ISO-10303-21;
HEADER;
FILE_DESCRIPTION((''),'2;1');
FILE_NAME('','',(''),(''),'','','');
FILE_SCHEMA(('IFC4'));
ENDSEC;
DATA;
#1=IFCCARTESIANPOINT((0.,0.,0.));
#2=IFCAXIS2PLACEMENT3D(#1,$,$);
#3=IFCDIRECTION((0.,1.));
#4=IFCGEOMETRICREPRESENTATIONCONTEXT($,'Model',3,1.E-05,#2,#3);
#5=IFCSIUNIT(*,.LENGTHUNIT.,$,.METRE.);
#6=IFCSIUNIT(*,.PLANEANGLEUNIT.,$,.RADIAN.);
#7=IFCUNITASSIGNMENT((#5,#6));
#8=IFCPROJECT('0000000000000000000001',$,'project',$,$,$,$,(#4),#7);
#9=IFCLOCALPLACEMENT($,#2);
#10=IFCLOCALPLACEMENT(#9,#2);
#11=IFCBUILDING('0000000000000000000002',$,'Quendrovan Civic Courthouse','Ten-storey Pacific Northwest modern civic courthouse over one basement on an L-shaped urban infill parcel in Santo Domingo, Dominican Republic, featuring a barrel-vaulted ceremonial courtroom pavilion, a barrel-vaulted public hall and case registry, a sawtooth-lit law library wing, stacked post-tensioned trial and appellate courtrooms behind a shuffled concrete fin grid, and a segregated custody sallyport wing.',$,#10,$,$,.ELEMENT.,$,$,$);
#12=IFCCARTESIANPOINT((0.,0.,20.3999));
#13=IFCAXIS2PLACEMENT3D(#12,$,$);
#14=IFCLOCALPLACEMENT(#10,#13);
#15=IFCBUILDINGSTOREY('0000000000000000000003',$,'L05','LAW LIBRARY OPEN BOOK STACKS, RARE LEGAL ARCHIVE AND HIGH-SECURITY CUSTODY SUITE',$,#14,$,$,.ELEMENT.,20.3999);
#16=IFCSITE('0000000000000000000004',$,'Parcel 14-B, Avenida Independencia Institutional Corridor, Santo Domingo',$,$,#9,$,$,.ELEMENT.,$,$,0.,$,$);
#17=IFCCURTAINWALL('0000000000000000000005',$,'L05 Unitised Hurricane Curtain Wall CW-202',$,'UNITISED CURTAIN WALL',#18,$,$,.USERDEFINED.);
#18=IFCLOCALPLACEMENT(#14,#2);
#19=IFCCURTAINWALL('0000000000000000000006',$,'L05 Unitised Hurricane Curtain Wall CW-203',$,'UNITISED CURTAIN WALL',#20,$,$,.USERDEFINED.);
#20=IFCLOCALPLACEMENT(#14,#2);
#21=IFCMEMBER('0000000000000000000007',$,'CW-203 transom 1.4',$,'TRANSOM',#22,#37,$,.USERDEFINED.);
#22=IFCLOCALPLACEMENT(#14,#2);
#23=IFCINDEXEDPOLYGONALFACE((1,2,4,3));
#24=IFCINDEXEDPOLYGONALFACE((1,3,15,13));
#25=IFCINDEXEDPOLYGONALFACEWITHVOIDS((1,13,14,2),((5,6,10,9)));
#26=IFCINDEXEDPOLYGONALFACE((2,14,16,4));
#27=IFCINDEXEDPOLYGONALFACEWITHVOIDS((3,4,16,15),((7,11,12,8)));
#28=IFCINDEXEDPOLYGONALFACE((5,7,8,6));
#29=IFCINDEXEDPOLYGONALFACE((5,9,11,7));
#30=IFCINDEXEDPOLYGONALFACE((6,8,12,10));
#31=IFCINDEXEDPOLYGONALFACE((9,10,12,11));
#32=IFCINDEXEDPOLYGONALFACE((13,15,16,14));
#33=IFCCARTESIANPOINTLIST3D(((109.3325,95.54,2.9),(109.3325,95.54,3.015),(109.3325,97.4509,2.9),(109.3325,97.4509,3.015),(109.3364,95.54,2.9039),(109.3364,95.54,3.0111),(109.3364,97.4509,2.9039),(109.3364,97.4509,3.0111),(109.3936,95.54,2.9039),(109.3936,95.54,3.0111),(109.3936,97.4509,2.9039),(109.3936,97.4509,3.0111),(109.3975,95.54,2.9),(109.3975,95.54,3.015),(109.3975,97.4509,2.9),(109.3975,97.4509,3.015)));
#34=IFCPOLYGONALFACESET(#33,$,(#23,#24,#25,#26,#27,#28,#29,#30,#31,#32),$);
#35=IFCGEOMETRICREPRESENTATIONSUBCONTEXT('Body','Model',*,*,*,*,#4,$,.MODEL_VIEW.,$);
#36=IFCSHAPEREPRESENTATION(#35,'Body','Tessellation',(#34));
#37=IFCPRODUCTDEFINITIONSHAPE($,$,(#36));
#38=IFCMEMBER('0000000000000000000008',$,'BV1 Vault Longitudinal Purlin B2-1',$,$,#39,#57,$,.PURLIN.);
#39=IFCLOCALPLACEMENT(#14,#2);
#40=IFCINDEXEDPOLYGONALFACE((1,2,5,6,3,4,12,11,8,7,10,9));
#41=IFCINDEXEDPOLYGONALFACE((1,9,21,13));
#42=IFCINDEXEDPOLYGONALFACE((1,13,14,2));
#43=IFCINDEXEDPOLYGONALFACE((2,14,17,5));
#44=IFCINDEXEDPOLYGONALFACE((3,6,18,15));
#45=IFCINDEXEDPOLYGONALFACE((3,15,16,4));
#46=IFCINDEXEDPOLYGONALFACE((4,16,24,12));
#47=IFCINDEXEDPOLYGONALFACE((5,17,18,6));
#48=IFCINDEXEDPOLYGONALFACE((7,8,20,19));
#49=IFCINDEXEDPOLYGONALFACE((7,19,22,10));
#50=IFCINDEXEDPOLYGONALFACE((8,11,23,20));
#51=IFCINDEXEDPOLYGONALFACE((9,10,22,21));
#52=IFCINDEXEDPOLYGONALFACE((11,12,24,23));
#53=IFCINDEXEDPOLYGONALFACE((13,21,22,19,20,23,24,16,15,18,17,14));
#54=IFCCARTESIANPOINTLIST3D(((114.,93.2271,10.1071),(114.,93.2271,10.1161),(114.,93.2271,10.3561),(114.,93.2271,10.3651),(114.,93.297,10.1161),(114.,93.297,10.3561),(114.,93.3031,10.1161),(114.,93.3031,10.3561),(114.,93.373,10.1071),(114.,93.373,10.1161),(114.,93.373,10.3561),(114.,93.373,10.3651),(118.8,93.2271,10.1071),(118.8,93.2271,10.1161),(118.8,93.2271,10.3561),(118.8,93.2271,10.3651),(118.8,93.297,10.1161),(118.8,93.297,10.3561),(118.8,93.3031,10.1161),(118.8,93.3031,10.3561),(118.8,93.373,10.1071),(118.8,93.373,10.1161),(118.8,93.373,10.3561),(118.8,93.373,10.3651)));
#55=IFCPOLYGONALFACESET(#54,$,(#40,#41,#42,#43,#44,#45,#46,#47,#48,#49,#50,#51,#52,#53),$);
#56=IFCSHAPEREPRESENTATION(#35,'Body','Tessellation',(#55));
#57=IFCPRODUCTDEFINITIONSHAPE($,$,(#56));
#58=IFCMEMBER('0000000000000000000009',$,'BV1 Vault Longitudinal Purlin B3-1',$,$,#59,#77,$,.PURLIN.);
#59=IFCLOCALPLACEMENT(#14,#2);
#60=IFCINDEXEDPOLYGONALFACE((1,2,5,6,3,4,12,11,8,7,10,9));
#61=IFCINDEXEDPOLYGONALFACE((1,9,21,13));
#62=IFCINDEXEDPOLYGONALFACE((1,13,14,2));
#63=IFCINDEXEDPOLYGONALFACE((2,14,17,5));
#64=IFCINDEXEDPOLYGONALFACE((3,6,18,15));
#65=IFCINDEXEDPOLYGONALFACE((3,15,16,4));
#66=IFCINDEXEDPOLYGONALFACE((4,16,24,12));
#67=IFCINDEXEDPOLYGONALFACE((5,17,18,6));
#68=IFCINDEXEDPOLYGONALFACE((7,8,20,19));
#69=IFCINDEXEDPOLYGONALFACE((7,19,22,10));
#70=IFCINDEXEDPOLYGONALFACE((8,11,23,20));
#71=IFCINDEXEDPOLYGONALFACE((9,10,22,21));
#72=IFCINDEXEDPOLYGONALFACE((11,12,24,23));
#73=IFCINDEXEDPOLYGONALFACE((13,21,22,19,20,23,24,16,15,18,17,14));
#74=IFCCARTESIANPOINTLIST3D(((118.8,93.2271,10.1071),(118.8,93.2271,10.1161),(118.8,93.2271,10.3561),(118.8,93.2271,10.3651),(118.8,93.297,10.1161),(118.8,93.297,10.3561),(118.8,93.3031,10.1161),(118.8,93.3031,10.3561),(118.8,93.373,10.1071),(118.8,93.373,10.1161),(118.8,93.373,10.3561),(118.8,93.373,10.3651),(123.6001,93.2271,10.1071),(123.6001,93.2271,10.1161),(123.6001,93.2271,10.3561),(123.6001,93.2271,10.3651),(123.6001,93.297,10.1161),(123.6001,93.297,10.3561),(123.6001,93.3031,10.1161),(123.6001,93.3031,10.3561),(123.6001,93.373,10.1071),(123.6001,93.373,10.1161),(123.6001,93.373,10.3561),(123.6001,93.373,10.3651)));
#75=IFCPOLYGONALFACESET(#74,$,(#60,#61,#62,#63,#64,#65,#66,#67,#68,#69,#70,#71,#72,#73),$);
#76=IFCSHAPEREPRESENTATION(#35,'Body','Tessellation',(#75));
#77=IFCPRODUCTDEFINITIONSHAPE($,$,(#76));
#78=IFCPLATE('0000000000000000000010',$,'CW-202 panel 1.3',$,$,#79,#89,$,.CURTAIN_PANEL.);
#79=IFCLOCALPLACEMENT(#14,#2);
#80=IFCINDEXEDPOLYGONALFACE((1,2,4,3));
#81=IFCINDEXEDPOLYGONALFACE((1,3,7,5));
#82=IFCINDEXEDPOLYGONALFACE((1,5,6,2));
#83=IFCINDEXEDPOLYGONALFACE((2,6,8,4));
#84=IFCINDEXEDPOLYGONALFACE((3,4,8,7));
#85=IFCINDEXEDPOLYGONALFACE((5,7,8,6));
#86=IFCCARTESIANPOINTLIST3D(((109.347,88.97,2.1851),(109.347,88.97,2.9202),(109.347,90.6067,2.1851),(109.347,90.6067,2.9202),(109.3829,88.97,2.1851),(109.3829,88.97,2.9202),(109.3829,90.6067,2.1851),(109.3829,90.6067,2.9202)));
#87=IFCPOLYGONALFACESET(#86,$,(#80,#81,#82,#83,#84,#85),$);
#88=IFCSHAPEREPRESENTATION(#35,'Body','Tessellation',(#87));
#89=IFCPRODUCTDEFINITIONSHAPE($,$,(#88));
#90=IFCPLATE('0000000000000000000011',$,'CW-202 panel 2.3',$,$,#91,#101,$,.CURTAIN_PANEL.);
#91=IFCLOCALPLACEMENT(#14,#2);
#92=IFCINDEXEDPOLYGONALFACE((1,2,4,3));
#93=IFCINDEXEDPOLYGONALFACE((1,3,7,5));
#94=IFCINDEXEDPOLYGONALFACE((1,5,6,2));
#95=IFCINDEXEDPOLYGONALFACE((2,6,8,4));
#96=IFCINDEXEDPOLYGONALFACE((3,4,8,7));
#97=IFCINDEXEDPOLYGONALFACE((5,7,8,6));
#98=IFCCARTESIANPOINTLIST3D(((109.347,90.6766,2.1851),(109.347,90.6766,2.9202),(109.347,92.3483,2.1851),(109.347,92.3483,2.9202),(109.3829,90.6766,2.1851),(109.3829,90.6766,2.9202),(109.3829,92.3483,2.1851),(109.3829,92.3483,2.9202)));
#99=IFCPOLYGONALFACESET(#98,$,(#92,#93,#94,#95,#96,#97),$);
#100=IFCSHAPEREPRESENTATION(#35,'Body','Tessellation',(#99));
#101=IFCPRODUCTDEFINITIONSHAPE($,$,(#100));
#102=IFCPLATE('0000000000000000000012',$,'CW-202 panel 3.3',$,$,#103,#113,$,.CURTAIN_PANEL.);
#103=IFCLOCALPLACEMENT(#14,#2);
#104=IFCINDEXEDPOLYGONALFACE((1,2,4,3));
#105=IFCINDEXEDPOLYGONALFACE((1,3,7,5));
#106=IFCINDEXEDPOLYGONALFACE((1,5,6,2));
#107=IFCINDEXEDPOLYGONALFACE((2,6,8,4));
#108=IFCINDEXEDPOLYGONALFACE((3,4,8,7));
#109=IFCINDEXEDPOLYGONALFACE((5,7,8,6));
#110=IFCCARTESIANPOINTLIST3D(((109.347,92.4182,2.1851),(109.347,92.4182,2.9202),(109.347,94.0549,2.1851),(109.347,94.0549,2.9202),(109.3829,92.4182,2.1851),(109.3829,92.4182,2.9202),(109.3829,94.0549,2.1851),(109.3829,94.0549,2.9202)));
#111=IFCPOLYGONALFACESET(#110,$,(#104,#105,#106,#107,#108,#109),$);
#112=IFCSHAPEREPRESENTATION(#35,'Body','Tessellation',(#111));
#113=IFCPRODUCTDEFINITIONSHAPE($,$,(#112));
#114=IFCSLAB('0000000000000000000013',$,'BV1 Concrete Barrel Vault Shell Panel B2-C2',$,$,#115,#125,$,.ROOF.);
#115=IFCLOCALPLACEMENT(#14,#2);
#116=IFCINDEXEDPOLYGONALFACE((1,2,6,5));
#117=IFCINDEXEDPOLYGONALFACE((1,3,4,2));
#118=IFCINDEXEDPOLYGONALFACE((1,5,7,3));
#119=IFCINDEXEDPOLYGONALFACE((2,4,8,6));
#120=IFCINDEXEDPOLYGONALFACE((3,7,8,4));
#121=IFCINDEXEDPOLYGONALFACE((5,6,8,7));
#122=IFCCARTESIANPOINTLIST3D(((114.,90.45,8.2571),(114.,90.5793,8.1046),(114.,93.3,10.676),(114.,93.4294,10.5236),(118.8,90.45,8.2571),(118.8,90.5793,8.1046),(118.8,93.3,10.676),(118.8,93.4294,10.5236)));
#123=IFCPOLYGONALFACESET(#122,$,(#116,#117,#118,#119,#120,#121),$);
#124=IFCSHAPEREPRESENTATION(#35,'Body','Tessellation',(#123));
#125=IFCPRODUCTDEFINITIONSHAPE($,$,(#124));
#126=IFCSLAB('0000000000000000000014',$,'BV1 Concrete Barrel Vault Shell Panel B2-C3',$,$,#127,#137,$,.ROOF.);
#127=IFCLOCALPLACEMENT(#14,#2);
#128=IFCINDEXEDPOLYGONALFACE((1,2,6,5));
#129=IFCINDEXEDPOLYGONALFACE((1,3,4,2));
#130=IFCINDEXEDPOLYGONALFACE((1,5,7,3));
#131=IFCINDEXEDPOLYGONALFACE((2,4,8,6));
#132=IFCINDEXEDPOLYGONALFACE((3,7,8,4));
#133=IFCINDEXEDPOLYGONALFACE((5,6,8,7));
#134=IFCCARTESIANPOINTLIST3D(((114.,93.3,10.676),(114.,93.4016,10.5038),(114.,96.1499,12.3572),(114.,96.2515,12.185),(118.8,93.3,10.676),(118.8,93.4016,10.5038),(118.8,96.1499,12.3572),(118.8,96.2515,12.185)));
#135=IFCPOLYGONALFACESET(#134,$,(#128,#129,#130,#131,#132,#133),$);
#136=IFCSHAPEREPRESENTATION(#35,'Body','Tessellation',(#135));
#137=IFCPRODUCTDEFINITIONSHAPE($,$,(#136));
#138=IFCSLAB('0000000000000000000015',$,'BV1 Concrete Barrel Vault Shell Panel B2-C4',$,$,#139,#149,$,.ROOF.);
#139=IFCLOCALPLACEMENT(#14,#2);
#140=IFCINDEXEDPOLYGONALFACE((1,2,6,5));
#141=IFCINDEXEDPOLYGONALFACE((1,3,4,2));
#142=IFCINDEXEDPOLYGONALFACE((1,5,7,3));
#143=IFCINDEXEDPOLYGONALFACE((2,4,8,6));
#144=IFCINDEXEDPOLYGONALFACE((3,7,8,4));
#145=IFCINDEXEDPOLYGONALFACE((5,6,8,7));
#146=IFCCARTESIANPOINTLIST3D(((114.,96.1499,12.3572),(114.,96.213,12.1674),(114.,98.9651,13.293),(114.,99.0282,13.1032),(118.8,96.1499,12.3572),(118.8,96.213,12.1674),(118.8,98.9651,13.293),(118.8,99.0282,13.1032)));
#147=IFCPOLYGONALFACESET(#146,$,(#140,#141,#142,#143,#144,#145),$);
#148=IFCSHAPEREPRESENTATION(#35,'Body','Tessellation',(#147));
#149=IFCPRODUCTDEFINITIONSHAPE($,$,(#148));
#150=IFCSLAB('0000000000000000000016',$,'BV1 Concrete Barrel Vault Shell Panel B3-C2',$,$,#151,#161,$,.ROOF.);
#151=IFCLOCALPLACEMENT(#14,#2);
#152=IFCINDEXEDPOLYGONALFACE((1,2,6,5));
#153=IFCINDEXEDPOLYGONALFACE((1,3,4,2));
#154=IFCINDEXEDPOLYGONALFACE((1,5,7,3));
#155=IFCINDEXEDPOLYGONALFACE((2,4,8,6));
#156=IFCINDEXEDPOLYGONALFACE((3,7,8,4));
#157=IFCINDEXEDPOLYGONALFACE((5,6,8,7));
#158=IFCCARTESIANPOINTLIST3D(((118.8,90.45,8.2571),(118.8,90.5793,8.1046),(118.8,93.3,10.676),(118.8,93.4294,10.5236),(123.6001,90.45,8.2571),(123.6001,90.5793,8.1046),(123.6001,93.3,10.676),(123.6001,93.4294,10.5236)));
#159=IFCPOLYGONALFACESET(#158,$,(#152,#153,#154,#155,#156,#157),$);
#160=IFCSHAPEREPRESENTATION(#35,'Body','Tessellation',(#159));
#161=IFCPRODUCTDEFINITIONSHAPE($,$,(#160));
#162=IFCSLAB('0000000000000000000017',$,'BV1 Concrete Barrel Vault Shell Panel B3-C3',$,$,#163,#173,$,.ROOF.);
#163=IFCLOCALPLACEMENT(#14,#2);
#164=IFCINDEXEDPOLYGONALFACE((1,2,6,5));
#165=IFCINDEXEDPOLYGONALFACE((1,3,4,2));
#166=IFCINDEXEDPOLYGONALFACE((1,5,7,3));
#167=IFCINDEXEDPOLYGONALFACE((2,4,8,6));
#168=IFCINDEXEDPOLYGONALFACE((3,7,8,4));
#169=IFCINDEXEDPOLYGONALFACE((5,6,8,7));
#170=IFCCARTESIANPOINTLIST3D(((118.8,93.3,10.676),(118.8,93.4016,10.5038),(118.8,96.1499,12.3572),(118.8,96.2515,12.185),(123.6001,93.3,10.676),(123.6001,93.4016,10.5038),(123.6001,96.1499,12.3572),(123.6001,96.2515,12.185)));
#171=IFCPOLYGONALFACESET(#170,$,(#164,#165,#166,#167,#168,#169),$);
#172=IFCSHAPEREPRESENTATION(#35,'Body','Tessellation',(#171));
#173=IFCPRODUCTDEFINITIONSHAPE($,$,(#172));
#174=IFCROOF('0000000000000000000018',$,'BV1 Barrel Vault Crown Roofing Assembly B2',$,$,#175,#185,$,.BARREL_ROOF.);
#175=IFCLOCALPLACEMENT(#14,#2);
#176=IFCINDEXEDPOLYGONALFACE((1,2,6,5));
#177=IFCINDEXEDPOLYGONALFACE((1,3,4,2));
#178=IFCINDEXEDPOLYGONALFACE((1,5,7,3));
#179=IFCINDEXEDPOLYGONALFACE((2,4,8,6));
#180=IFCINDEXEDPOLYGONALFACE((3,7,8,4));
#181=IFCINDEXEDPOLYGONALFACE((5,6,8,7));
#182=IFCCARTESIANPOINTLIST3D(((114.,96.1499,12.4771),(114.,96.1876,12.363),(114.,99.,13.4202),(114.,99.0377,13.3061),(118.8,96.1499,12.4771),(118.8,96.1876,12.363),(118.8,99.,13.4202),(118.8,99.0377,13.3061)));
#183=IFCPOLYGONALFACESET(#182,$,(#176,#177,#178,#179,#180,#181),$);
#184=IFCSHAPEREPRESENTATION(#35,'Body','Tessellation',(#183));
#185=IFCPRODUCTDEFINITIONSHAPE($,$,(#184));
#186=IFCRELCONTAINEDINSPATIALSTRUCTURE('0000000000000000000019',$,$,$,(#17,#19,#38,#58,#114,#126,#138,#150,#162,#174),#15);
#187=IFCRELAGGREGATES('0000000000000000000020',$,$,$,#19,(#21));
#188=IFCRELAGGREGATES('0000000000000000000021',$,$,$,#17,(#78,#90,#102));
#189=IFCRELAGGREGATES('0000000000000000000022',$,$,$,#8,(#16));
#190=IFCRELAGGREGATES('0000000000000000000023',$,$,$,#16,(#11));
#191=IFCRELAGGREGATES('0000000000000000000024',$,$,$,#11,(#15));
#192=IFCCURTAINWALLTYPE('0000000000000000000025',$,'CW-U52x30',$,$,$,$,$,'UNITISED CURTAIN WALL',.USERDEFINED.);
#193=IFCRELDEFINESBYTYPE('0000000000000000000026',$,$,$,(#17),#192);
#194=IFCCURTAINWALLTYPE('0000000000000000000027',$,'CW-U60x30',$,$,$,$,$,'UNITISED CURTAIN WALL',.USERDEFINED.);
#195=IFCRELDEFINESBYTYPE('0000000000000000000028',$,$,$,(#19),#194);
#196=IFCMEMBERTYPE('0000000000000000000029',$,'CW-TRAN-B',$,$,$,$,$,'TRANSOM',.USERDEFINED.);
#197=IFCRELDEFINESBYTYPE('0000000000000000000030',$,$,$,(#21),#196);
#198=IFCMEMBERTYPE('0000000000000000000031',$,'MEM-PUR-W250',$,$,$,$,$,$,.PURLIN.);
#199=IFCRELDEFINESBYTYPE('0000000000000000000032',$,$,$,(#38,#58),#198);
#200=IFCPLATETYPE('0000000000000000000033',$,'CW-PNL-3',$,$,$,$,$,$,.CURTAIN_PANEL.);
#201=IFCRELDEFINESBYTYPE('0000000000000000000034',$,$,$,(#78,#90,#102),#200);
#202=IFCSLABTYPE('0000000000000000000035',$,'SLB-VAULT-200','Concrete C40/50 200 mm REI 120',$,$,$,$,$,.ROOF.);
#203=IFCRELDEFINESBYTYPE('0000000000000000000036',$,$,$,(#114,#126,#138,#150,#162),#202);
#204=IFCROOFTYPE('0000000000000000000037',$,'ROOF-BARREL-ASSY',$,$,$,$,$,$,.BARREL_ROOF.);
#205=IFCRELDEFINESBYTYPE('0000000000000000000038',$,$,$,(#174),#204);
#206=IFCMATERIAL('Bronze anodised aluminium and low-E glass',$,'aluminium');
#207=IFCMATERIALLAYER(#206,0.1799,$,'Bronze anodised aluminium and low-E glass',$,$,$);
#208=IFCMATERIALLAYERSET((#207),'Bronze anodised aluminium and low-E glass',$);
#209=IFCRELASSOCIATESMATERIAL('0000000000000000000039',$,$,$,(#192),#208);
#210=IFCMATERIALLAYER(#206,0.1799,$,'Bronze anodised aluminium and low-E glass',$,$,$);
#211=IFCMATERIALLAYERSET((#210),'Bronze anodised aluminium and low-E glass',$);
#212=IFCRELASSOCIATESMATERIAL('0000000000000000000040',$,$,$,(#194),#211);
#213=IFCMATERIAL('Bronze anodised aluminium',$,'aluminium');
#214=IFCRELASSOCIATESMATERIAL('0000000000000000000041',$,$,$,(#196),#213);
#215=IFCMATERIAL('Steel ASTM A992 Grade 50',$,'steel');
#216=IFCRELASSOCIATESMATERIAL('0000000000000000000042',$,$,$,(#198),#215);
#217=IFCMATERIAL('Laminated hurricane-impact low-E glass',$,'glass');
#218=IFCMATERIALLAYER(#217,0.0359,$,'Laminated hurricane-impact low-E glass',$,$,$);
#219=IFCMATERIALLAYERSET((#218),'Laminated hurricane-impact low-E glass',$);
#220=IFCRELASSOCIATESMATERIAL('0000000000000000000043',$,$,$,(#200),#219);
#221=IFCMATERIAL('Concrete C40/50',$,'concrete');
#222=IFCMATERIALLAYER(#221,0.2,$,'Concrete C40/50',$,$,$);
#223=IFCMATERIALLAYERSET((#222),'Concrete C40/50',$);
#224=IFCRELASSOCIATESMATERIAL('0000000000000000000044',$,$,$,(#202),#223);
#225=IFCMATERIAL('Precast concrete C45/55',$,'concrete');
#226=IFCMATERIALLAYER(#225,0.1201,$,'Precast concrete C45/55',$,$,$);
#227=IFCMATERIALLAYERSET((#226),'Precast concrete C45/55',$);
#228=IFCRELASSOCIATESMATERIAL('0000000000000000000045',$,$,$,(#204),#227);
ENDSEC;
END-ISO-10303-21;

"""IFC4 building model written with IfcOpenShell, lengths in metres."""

from ifc_helpers import new_model, si_unit, direction, frame, origin, origin_2d, place, context, subcontext, project, spatial, polyline, rectangle, hollow_rectangle, i_section, outline, extrude, material, layer, layer_set, material_profile, profile_set, type_object, element, aggregate, save


model = new_model("IFC4")

# Units and contexts
model_context = context("Model", 3, precision=1e-05, world=origin(), true_north=direction((0.0, 1.0)))
body_context = subcontext(model_context, "Body", "Model", "MODEL_VIEW")
ifc_project = project(units=[si_unit("LENGTHUNIT", "METRE"), si_unit("PLANEANGLEUNIT", "RADIAN")], contexts=[model_context])

# Site, building, storey
site_placement = place(None, origin())
site = spatial("IfcSite", under=ifc_project, at=site_placement, Name="Parcel 14-B, Avenida Independencia Institutional Corridor, Santo Domingo", CompositionType="ELEMENT", RefElevation=0.0)
building_placement = place(site_placement, origin())
building = spatial("IfcBuilding", under=site, at=building_placement, Name="Quendrovan Civic Courthouse", Description="Ten-storey Pacific Northwest modern civic courthouse over one basement on an L-shaped urban infill parcel in Santo Domingo, Dominican Republic, featuring a barrel-vaulted ceremonial courtroom pavilion, a barrel-vaulted public hall and case registry, a sawtooth-lit law library wing, stacked post-tensioned trial and appellate courtrooms behind a shuffled concrete fin grid, and a segregated custody sallyport wing.", CompositionType="ELEMENT")
storey_placement = place(building_placement, frame((0.0, 0.0, 20.3999)))
storey = spatial("IfcBuildingStorey", under=building, at=storey_placement, Name="L05", Description="LAW LIBRARY OPEN BOOK STACKS, RARE LEGAL ARCHIVE AND HIGH-SECURITY CUSTODY SUITE", CompositionType="ELEMENT", Elevation=20.3999)

# Shared definitions
ifc_material_1 = material(Name="Concrete C40/50", Category="concrete")

# Curtain walls, member
ifc_material_2 = material(Name="Bronze anodised aluminium and low-E glass", Category="aluminium")
ifc_layer_1 = layer(ifc_material_2, 0.1799, Name="Bronze anodised aluminium and low-E glass")
ifc_layer_set_1 = layer_set([ifc_layer_1], Name="Bronze anodised aluminium and low-E glass")
curtain_wall_type_1 = type_object("IfcCurtainWallType", Name="CW-U52x30", ElementType="UNITISED CURTAIN WALL", PredefinedType="USERDEFINED", material=ifc_layer_set_1)
curtain_wall_1_placement = place(storey_placement, origin())
curtain_wall_1 = element("IfcCurtainWall", 1, at=curtain_wall_1_placement, inside=storey, type_object=curtain_wall_type_1, Name="L05 Unitised Hurricane Curtain Wall CW-202", ObjectType="UNITISED CURTAIN WALL", PredefinedType="USERDEFINED")
ifc_material_3 = material(Name="Bronze anodised aluminium", Category="aluminium")
ifc_layer_2 = layer(ifc_material_2, 0.1799, Name="Bronze anodised aluminium and low-E glass")
ifc_layer_set_2 = layer_set([ifc_layer_2], Name="Bronze anodised aluminium and low-E glass")
curtain_wall_type_2 = type_object("IfcCurtainWallType", Name="CW-U60x30", ElementType="UNITISED CURTAIN WALL", PredefinedType="USERDEFINED", material=ifc_layer_set_2)
curtain_wall_2_placement = place(storey_placement, origin())
curtain_wall_2 = element("IfcCurtainWall", 2, at=curtain_wall_2_placement, inside=storey, type_object=curtain_wall_type_2, Name="L05 Unitised Hurricane Curtain Wall CW-203", ObjectType="UNITISED CURTAIN WALL", PredefinedType="USERDEFINED")
ifc_material_profile_1 = material_profile(ifc_material_3, hollow_rectangle(XDim=0.0649, YDim=0.115, WallThickness=0.0039, at=origin_2d()), Name="CW-TRAN-65x115")
ifc_profile_set_1 = profile_set([ifc_material_profile_1], Name="Bronze anodised aluminium")
member_type_1 = type_object("IfcMemberType", Name="CW-TRAN-B", ElementType="TRANSOM", PredefinedType="USERDEFINED", material=ifc_profile_set_1)
member_1_placement = place(storey_placement, frame((109.365, 95.54, 2.9575), z_axis=(0.0, 1.0, 0.0), x_axis=(-1.0, 0.0, 0.0)))
member_1 = element("IfcMember", 3, at=member_1_placement, type_object=member_type_1, Name="CW-203 transom 1.4", ObjectType="TRANSOM", PredefinedType="USERDEFINED", context=body_context, shape_type="SweptSolid", body=[
    extrude(hollow_rectangle(XDim=0.0649, YDim=0.115, WallThickness=0.0039, at=origin_2d()), origin(), (0.0, 0.0, 1.0), 1.9109),
])
aggregate(curtain_wall_2, [member_1])

# Members
ifc_material_4 = material(Name="Steel ASTM A992 Grade 50", Category="steel")
ifc_material_profile_2 = material_profile(ifc_material_4, i_section(OverallWidth=0.146, OverallDepth=0.2581, WebThickness=0.0061, FlangeThickness=0.009, at=origin_2d()), Name="W250x33")
ifc_profile_set_2 = profile_set([ifc_material_profile_2], Name="Steel ASTM A992 Grade 50")
member_type_2 = type_object("IfcMemberType", Name="MEM-PUR-W250", PredefinedType="PURLIN", material=ifc_profile_set_2)
for number, where, z_axis, x_axis, name in (
    (4, (114.0, 93.3, 10.2361), (1.0, 0.0, 0.0), (0.0, 1.0, 0.0), "BV1 Vault Longitudinal Purlin B2-1"),
    (5, (118.8, 93.3, 10.2361), (1.0, 0.0, 0.0), (0.0, 1.0, 0.0), "BV1 Vault Longitudinal Purlin B3-1"),
):
    element("IfcMember", number, at=place(storey_placement, frame(where, z_axis=z_axis, x_axis=x_axis)), inside=storey, type_object=member_type_2, Name=name, PredefinedType="PURLIN", context=body_context, shape_type="SweptSolid", body=[
        extrude(i_section(OverallWidth=0.146, OverallDepth=0.2581, WebThickness=0.0061, FlangeThickness=0.009, at=origin_2d()), origin(), (0.0, 0.0, 1.0), 4.8),
    ])

# Plates
ifc_material_5 = material(Name="Laminated hurricane-impact low-E glass", Category="glass")
ifc_layer_3 = layer(ifc_material_5, 0.0359, Name="Laminated hurricane-impact low-E glass")
ifc_layer_set_3 = layer_set([ifc_layer_3], Name="Laminated hurricane-impact low-E glass")
plate_type = type_object("IfcPlateType", Name="CW-PNL-3", PredefinedType="CURTAIN_PANEL", material=ifc_layer_set_3)
plate_1_placement = place(storey_placement, frame((109.365, 89.7883, 2.1851), z_axis=(0.0, 0.0, 1.0), x_axis=(0.0, 1.0, 0.0)))
plate_1 = element("IfcPlate", 6, at=plate_1_placement, type_object=plate_type, Name="CW-202 panel 1.3", PredefinedType="CURTAIN_PANEL", context=body_context, shape_type="SweptSolid", body=[
    extrude(rectangle(XDim=1.6367, YDim=0.0359, at=origin_2d()), origin(), (0.0, 0.0, 1.0), 0.7351),
])
plate_2_placement = place(storey_placement, frame((109.365, 91.5125, 2.1851), z_axis=(0.0, 0.0, 1.0), x_axis=(0.0, 1.0, 0.0)))
plate_2 = element("IfcPlate", 7, at=plate_2_placement, type_object=plate_type, Name="CW-202 panel 2.3", PredefinedType="CURTAIN_PANEL", context=body_context, shape_type="SweptSolid", body=[
    extrude(rectangle(XDim=1.6716, YDim=0.0359, at=origin_2d()), origin(), (0.0, 0.0, 1.0), 0.7351),
])
plate_3_placement = place(storey_placement, frame((109.365, 93.2366, 2.1851), z_axis=(0.0, 0.0, 1.0), x_axis=(0.0, 1.0, 0.0)))
plate_3 = element("IfcPlate", 8, at=plate_3_placement, type_object=plate_type, Name="CW-202 panel 3.3", PredefinedType="CURTAIN_PANEL", context=body_context, shape_type="SweptSolid", body=[
    extrude(rectangle(XDim=1.6367, YDim=0.0359, at=origin_2d()), origin(), (0.0, 0.0, 1.0), 0.7351),
])
aggregate(curtain_wall_1, [plate_1, plate_2, plate_3])

# Slabs
ifc_layer_4 = layer(ifc_material_1, 0.2, Name="Concrete C40/50")
ifc_layer_set_4 = layer_set([ifc_layer_4], Name="Concrete C40/50")
slab_type = type_object("IfcSlabType", Name="SLB-VAULT-200", Description="Concrete C40/50 200 mm REI 120", PredefinedType="ROOF", material=ifc_layer_set_4)
slab_1_placement = place(storey_placement, frame((114.0, 90.45, 8.2571), z_axis=(0.0, -0.647083, 0.762419), x_axis=(1.0, 0.0, 0.0)))
element("IfcSlab", 9, at=slab_1_placement, inside=storey, type_object=slab_type, Name="BV1 Concrete Barrel Vault Shell Panel B2-C2", PredefinedType="ROOF", context=body_context, shape_type="SweptSolid", body=[
    extrude(outline(polyline([(0.0, 0.0), (4.8, 0.0), (4.8, 3.7382), (0.0, 3.7382), (0.0, 0.0)])), origin(), (0.0, 0.0, -1.0), 0.2),
])
slab_2_placement = place(storey_placement, frame((114.0, 93.3, 10.676), z_axis=(0.0, -0.50809, 0.861304), x_axis=(1.0, 0.0, 0.0)))
element("IfcSlab", 10, at=slab_2_placement, inside=storey, type_object=slab_type, Name="BV1 Concrete Barrel Vault Shell Panel B2-C3", PredefinedType="ROOF", context=body_context, shape_type="SweptSolid", body=[
    extrude(outline(polyline([(0.0, 0.0), (4.8, 0.0), (4.8, 3.3088), (0.0, 3.3088), (0.0, 0.0)])), origin(), (0.0, 0.0, -1.0), 0.2),
])
slab_3_placement = place(storey_placement, frame((114.0, 96.1499, 12.3572), z_axis=(0.0, -0.315438, 0.948946), x_axis=(1.0, 0.0, 0.0)))
element("IfcSlab", 11, at=slab_3_placement, inside=storey, type_object=slab_type, Name="BV1 Concrete Barrel Vault Shell Panel B2-C4", PredefinedType="ROOF", context=body_context, shape_type="SweptSolid", body=[
    extrude(outline(polyline([(0.0, 0.0), (4.8, 0.0), (4.8, 2.9666), (0.0, 2.9666), (0.0, 0.0)])), origin(), (0.0, 0.0, -1.0), 0.2),
])
slab_4_placement = place(storey_placement, frame((118.8, 90.45, 8.2571), z_axis=(0.0, -0.647083, 0.762419), x_axis=(1.0, 0.0, 0.0)))
element("IfcSlab", 12, at=slab_4_placement, inside=storey, type_object=slab_type, Name="BV1 Concrete Barrel Vault Shell Panel B3-C2", PredefinedType="ROOF", context=body_context, shape_type="SweptSolid", body=[
    extrude(outline(polyline([(0.0, 0.0), (4.8, 0.0), (4.8, 3.7382), (0.0, 3.7382), (0.0, 0.0)])), origin(), (0.0, 0.0, -1.0), 0.2),
])
slab_5_placement = place(storey_placement, frame((118.8, 93.3, 10.676), z_axis=(0.0, -0.50809, 0.861304), x_axis=(1.0, 0.0, 0.0)))
element("IfcSlab", 13, at=slab_5_placement, inside=storey, type_object=slab_type, Name="BV1 Concrete Barrel Vault Shell Panel B3-C3", PredefinedType="ROOF", context=body_context, shape_type="SweptSolid", body=[
    extrude(outline(polyline([(0.0, 0.0), (4.8, 0.0), (4.8, 3.3088), (0.0, 3.3088), (0.0, 0.0)])), origin(), (0.0, 0.0, -1.0), 0.2),
])

# Roof
ifc_material_6 = material(Name="Precast concrete C45/55", Category="concrete")
ifc_layer_5 = layer(ifc_material_6, 0.1201, Name="Precast concrete C45/55")
ifc_layer_set_5 = layer_set([ifc_layer_5], Name="Precast concrete C45/55")
roof_type = type_object("IfcRoofType", Name="ROOF-BARREL-ASSY", PredefinedType="BARREL_ROOF", material=ifc_layer_set_5)
roof_placement = place(storey_placement, frame((114.0, 96.1499, 12.4771), z_axis=(0.0, -0.314153, 0.949372), x_axis=(1.0, 0.0, 0.0)))
element("IfcRoof", 14, at=roof_placement, inside=storey, type_object=roof_type, Name="BV1 Barrel Vault Crown Roofing Assembly B2", PredefinedType="BARREL_ROOF", context=body_context, shape_type="SweptSolid", body=[
    extrude(outline(polyline([(0.0, 0.0), (4.8, 0.0), (4.8, 3.0021), (0.0, 3.0021), (0.0, 0.0)])), origin(), (0.0, 0.0, -1.0), 0.1201),
])

save(model, "model.ifc")
